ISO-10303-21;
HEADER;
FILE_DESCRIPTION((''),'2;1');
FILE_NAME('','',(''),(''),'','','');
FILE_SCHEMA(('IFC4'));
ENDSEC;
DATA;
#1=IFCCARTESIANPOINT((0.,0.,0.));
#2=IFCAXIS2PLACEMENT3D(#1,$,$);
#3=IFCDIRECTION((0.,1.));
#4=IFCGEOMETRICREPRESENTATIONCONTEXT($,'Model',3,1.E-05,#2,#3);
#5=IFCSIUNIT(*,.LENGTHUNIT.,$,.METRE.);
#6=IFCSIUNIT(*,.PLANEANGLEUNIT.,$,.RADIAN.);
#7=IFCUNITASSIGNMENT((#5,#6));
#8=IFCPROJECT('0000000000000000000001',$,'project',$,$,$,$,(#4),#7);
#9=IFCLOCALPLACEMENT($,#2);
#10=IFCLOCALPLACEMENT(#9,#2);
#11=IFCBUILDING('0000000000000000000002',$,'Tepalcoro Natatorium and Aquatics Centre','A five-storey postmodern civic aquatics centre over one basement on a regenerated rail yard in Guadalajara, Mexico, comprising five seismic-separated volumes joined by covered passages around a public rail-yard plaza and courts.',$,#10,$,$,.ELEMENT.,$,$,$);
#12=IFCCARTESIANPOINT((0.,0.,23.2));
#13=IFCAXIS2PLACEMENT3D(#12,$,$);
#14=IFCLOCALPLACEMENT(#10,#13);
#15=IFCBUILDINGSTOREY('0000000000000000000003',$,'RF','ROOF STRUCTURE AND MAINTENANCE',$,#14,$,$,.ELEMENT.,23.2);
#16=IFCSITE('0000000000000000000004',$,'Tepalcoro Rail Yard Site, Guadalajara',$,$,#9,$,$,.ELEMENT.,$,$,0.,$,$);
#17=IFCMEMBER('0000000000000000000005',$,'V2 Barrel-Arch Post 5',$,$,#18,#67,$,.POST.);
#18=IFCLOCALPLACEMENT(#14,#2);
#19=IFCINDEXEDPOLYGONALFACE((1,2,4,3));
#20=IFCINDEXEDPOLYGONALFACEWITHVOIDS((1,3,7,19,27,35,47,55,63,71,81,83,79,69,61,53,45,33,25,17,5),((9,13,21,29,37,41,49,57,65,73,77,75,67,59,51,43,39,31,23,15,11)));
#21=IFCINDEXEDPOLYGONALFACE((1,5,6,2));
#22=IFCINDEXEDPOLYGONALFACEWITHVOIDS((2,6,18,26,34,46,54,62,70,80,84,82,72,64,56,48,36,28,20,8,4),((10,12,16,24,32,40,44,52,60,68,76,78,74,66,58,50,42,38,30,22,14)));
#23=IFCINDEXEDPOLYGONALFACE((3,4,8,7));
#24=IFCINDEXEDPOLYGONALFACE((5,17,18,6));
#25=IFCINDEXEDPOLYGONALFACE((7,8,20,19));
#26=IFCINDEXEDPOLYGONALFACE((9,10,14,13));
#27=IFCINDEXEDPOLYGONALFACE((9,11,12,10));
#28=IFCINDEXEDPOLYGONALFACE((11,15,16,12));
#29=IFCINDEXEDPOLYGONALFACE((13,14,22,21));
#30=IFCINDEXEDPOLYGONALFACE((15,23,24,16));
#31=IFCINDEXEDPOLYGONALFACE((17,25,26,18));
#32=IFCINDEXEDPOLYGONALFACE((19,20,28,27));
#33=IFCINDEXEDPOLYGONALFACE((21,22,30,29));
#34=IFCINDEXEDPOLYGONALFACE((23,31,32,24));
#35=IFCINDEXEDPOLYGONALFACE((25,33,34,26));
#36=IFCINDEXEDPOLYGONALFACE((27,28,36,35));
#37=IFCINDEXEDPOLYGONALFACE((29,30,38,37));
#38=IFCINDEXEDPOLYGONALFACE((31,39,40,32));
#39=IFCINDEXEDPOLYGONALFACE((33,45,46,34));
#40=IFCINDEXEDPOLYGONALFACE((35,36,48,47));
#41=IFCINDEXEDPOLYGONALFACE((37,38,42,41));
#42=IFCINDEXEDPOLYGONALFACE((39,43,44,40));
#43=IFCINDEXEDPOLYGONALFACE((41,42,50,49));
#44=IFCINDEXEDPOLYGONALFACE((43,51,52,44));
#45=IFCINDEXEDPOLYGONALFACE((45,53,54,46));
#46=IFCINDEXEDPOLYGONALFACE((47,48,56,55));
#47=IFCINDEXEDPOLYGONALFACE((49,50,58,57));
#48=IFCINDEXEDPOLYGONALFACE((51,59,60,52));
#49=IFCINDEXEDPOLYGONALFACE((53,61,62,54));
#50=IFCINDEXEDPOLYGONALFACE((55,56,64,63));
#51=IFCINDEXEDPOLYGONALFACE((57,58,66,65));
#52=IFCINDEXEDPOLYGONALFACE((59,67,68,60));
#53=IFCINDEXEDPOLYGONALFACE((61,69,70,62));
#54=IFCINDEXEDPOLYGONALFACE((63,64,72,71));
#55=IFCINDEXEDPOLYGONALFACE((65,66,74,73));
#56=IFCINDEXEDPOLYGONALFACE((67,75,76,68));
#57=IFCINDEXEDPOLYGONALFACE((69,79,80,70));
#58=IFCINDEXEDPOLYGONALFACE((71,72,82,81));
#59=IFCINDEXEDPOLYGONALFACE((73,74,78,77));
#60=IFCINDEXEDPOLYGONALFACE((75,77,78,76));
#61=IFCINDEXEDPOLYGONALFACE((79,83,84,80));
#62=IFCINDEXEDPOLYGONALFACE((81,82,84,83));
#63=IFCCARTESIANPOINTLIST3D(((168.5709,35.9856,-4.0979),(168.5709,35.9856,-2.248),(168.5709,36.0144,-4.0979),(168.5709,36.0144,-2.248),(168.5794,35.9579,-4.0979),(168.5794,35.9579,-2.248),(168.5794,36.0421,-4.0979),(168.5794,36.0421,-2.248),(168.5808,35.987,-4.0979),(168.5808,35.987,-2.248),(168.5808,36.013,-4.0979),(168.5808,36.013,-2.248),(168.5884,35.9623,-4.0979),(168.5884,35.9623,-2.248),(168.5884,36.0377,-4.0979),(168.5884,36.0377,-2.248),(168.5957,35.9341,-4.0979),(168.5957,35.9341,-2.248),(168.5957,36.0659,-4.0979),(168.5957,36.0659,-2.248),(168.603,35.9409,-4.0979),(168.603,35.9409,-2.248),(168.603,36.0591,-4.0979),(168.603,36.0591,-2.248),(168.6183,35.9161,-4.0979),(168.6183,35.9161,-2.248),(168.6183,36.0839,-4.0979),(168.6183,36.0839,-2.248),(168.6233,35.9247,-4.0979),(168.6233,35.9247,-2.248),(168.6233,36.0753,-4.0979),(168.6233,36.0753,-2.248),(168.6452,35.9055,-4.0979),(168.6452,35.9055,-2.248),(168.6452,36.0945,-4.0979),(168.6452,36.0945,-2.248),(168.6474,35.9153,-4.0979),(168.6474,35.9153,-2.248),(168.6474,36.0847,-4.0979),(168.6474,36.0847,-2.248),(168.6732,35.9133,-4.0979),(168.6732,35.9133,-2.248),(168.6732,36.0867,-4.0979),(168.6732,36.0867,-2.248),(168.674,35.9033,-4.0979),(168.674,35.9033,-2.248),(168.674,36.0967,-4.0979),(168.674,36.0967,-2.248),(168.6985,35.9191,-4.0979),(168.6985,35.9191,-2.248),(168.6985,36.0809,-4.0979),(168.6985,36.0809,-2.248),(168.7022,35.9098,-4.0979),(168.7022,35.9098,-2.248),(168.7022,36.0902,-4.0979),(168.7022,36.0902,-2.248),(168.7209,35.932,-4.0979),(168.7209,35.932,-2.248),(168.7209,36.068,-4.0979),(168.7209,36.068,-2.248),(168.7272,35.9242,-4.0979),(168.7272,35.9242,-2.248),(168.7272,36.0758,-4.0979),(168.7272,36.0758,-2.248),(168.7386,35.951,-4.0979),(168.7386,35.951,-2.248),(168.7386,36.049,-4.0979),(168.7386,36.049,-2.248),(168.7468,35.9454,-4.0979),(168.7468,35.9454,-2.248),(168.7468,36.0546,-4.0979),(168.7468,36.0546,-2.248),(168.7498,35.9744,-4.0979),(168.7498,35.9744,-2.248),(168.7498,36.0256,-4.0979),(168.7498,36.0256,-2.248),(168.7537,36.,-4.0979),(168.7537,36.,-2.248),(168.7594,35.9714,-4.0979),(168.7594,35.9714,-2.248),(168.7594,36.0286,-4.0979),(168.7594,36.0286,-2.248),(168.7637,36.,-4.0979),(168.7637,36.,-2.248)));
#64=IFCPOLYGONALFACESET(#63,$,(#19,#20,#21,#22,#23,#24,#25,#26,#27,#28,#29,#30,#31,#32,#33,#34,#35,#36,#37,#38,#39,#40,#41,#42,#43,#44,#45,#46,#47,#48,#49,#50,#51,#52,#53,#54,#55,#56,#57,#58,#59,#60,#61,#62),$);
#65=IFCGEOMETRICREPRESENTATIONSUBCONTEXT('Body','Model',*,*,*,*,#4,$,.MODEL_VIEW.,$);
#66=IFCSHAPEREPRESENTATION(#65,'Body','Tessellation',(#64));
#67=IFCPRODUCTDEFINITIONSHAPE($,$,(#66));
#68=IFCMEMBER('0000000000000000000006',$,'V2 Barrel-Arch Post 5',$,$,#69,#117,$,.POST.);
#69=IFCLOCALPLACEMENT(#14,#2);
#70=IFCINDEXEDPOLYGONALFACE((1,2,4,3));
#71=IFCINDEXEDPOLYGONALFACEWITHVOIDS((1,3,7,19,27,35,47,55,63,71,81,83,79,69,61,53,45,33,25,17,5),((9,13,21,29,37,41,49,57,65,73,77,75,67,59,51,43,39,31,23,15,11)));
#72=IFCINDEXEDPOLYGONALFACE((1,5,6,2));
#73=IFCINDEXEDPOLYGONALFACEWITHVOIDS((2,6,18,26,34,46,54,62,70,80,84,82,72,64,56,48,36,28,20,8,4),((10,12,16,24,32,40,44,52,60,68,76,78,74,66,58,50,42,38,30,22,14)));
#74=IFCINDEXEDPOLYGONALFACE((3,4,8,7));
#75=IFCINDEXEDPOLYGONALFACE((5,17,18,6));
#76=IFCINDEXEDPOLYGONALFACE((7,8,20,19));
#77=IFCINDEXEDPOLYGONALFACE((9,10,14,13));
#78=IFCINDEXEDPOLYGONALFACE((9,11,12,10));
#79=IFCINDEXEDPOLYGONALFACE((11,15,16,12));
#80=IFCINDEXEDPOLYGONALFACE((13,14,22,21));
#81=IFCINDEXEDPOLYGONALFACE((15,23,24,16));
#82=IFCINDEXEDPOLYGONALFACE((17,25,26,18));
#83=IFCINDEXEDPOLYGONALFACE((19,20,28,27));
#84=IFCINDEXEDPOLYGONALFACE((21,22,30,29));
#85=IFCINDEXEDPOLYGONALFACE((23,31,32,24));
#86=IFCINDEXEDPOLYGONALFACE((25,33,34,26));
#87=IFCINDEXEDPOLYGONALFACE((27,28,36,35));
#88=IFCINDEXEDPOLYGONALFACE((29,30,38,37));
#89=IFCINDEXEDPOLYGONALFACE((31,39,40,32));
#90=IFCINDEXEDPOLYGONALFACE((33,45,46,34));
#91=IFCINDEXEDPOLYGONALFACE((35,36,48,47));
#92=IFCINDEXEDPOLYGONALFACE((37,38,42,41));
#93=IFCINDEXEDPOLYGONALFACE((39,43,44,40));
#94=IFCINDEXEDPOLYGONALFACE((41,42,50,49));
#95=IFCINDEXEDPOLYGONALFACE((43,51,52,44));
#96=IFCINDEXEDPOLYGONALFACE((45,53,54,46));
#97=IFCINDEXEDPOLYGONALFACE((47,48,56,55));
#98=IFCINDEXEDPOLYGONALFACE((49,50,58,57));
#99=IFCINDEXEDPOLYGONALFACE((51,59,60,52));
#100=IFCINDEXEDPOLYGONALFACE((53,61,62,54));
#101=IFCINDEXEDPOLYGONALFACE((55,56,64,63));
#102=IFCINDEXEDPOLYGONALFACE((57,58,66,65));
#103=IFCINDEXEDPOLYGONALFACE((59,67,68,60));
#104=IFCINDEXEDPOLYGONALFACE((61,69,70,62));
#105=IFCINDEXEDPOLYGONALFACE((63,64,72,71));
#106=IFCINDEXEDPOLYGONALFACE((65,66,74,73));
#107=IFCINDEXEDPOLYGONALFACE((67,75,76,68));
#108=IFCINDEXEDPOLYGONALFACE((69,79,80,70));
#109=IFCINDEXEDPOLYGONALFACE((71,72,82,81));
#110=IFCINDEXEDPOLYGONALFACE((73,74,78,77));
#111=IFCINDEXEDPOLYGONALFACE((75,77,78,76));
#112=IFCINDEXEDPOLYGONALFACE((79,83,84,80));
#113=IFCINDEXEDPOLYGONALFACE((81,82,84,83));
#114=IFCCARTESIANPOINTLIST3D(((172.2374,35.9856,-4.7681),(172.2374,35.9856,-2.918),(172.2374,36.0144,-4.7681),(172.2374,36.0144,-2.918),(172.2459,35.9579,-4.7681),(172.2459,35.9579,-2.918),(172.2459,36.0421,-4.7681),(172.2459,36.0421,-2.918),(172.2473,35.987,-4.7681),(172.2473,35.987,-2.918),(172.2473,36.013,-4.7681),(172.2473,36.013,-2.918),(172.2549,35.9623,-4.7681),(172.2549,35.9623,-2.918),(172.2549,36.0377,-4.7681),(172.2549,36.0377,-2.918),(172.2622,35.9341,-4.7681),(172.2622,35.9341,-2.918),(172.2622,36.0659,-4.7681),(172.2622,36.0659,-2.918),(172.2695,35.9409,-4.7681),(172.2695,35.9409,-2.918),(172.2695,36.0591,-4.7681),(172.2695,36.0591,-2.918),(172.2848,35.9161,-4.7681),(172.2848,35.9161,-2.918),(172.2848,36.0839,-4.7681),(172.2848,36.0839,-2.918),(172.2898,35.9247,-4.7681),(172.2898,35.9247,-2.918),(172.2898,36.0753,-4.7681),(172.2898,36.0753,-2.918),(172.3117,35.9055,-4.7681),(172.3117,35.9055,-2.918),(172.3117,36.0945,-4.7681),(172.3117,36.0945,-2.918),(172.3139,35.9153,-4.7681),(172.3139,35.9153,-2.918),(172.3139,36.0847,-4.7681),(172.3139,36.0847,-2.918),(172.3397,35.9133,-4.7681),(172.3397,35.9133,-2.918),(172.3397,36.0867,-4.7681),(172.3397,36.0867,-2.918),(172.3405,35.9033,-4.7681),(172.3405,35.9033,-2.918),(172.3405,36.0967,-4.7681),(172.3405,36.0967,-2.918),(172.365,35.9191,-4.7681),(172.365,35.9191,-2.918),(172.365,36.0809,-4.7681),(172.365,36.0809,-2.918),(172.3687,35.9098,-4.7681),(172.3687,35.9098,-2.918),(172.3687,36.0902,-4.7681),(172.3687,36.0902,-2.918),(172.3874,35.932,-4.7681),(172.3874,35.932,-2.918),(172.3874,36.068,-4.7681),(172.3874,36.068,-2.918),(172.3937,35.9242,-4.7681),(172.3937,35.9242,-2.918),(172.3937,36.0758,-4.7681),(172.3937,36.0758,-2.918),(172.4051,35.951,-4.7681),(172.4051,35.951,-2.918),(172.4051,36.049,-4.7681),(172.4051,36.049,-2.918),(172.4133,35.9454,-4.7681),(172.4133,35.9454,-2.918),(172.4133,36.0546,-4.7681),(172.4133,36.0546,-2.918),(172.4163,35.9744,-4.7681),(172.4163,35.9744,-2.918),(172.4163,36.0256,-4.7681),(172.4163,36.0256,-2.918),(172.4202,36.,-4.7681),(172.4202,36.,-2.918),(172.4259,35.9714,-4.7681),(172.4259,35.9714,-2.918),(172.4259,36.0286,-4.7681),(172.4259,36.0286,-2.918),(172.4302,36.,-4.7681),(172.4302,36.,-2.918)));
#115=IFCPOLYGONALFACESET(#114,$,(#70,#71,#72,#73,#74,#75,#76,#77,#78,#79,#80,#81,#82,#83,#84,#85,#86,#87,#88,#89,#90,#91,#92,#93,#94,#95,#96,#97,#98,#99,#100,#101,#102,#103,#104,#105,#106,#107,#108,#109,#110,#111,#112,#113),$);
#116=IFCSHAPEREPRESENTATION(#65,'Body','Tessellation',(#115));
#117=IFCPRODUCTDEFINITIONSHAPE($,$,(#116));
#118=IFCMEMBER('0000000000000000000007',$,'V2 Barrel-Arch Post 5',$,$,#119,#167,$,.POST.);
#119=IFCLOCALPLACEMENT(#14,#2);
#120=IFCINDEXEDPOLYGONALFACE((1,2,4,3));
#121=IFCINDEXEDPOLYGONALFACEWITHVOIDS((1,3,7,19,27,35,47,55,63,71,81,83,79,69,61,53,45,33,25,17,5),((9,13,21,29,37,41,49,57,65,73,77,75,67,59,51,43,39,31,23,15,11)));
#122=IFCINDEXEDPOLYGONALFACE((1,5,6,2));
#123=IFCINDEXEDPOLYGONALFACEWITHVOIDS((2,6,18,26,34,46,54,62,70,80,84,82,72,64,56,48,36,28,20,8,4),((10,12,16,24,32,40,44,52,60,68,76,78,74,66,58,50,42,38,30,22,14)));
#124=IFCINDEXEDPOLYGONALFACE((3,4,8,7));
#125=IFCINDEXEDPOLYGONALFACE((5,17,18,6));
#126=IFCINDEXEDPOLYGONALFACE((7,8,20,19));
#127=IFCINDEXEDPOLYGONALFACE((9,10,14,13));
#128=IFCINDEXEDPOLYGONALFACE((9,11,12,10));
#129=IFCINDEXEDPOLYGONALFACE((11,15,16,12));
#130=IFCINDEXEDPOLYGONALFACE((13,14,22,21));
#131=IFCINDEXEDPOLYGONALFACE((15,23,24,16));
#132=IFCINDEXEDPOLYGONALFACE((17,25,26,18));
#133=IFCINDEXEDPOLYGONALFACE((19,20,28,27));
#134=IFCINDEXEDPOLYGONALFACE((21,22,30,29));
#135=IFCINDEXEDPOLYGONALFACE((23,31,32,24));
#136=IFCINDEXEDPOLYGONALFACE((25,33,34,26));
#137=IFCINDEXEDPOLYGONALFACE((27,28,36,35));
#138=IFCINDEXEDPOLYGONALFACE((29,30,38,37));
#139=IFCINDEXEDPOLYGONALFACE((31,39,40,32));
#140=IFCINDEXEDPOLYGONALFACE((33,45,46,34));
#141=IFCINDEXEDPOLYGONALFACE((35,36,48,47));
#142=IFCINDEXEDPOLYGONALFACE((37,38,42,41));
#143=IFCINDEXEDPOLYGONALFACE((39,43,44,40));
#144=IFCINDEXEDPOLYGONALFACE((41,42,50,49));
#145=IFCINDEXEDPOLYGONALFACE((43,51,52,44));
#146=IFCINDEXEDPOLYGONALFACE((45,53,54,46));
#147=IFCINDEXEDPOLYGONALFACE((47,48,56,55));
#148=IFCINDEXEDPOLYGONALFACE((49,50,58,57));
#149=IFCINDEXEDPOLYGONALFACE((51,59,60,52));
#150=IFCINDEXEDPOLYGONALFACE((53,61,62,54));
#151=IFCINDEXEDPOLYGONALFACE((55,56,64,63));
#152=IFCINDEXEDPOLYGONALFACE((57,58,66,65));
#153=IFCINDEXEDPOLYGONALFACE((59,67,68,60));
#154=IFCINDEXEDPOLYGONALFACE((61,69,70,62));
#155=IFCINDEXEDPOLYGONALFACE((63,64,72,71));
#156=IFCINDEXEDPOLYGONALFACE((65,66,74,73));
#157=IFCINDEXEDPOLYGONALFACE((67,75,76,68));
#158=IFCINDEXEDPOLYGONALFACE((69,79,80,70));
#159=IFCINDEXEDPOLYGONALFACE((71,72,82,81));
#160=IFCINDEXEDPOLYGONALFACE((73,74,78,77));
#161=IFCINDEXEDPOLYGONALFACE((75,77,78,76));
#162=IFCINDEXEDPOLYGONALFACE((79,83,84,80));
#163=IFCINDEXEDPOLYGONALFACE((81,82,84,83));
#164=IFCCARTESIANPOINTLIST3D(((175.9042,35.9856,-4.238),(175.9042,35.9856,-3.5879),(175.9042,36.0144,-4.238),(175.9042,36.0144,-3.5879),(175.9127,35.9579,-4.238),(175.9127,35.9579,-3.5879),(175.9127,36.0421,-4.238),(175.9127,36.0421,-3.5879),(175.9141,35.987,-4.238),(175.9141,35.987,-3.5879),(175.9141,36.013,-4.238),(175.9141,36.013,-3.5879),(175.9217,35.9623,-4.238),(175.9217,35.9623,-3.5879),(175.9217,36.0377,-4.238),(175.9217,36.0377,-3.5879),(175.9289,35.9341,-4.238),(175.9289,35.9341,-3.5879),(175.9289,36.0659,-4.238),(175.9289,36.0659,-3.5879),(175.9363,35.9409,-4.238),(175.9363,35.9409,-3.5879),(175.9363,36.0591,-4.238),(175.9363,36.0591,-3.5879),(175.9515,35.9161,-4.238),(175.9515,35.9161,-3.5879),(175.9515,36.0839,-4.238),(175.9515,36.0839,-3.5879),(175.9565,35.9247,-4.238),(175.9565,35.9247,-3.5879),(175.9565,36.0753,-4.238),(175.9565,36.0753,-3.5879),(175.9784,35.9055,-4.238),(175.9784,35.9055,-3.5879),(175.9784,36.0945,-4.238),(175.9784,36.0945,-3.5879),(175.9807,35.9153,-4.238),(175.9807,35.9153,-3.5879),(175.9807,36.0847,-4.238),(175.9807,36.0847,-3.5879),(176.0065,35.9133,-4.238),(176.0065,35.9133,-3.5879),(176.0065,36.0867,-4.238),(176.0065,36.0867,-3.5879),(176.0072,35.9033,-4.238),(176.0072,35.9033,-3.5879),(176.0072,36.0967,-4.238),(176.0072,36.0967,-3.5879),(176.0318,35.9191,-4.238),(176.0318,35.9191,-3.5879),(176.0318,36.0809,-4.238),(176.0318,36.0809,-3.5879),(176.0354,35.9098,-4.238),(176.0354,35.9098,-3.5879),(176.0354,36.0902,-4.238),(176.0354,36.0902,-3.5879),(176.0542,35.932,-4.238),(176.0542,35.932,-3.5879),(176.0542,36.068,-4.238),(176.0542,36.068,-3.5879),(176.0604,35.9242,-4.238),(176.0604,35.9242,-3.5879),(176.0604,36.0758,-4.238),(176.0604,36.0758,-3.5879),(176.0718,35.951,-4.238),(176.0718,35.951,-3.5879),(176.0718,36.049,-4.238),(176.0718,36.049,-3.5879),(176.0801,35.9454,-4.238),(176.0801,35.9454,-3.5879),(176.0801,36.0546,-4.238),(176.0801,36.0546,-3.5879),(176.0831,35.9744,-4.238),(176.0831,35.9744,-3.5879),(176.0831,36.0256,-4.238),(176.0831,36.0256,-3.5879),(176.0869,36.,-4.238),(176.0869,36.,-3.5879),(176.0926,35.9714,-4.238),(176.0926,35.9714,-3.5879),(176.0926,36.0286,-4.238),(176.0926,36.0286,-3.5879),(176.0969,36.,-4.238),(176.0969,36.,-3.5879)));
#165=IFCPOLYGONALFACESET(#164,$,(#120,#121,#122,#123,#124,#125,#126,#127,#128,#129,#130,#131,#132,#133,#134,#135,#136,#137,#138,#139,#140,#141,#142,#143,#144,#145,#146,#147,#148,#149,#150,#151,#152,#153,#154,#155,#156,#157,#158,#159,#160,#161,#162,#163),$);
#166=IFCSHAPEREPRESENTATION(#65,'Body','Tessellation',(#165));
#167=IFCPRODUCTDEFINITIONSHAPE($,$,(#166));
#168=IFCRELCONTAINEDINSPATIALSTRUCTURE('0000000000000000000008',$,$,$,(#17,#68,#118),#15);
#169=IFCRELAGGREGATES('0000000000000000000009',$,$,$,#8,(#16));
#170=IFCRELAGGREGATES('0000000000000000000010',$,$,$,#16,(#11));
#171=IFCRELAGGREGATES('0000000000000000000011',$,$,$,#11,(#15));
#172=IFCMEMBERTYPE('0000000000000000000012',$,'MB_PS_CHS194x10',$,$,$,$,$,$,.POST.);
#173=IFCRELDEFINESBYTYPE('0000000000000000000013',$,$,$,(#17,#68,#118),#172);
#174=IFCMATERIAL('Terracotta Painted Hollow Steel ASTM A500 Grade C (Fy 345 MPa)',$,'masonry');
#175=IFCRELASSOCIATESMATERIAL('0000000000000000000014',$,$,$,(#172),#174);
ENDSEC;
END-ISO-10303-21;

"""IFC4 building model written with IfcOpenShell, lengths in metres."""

from ifc_helpers import new_model, si_unit, direction, frame, origin, origin_2d, place, context, subcontext, project, spatial, hollow_circle, extrude, material, material_profile, profile_set, type_object, element, save


model = new_model("IFC4")

# Units and contexts
model_context = context("Model", 3, precision=1e-05, world=origin(), true_north=direction((0.0, 1.0)))
body_context = subcontext(model_context, "Body", "Model", "MODEL_VIEW")
ifc_project = project(units=[si_unit("LENGTHUNIT", "METRE"), si_unit("PLANEANGLEUNIT", "RADIAN")], contexts=[model_context])

# Site, building, storey
site_placement = place(None, origin())
site = spatial("IfcSite", under=ifc_project, at=site_placement, Name="Tepalcoro Rail Yard Site, Guadalajara", CompositionType="ELEMENT", RefElevation=0.0)
building_placement = place(site_placement, origin())
building = spatial("IfcBuilding", under=site, at=building_placement, Name="Tepalcoro Natatorium and Aquatics Centre", Description="A five-storey postmodern civic aquatics centre over one basement on a regenerated rail yard in Guadalajara, Mexico, comprising five seismic-separated volumes joined by covered passages around a public rail-yard plaza and courts.", CompositionType="ELEMENT")
storey_placement = place(building_placement, frame((0.0, 0.0, 23.2)))
storey = spatial("IfcBuildingStorey", under=building, at=storey_placement, Name="RF", Description="ROOF STRUCTURE AND MAINTENANCE", CompositionType="ELEMENT", Elevation=23.2)

# Shared definitions
ifc_material_1 = material(Name="Terracotta Painted Hollow Steel ASTM A500 Grade C (Fy 345 MPa)", Category="masonry")

# Members
ifc_material_profile_1 = material_profile(ifc_material_1, hollow_circle(Radius=0.0969, WallThickness=0.01, at=origin_2d()), Name="CHS194X10")
ifc_profile_set_1 = profile_set([ifc_material_profile_1], Name="Terracotta Painted Hollow Steel ASTM A500 Grade C (Fy 345 MPa)")
member_type_1 = type_object("IfcMemberType", Name="MB_PS_CHS194x10", PredefinedType="POST", material=ifc_profile_set_1)
member_1_placement = place(storey_placement, frame((168.6667, 36.0, -4.0979), z_axis=(0.0, 0.0, 1.0), x_axis=(1.0, 0.0, 0.0)))
element("IfcMember", 1, at=member_1_placement, inside=storey, type_object=member_type_1, Name="V2 Barrel-Arch Post 5", PredefinedType="POST", context=body_context, shape_type="SweptSolid", body=[
    extrude(hollow_circle(Radius=0.0969, WallThickness=0.01, at=origin_2d()), origin(), (0.0, 0.0, 1.0), 1.8499),
])
member_2_placement = place(storey_placement, frame((172.3333, 36.0, -4.7681), z_axis=(0.0, 0.0, 1.0), x_axis=(1.0, 0.0, 0.0)))
element("IfcMember", 2, at=member_2_placement, inside=storey, type_object=member_type_1, Name="V2 Barrel-Arch Post 5", PredefinedType="POST", context=body_context, shape_type="SweptSolid", body=[
    extrude(hollow_circle(Radius=0.0969, WallThickness=0.01, at=origin_2d()), origin(), (0.0, 0.0, 1.0), 1.8501),
])
member_3_placement = place(storey_placement, frame((176.0, 36.0, -4.238), z_axis=(0.0, 0.0, 1.0), x_axis=(1.0, 0.0, 0.0)))
element("IfcMember", 3, at=member_3_placement, inside=storey, type_object=member_type_1, Name="V2 Barrel-Arch Post 5", PredefinedType="POST", context=body_context, shape_type="SweptSolid", body=[
    extrude(hollow_circle(Radius=0.0969, WallThickness=0.01, at=origin_2d()), origin(), (0.0, 0.0, 1.0), 0.6501),
])

save(model, "model.ifc")
